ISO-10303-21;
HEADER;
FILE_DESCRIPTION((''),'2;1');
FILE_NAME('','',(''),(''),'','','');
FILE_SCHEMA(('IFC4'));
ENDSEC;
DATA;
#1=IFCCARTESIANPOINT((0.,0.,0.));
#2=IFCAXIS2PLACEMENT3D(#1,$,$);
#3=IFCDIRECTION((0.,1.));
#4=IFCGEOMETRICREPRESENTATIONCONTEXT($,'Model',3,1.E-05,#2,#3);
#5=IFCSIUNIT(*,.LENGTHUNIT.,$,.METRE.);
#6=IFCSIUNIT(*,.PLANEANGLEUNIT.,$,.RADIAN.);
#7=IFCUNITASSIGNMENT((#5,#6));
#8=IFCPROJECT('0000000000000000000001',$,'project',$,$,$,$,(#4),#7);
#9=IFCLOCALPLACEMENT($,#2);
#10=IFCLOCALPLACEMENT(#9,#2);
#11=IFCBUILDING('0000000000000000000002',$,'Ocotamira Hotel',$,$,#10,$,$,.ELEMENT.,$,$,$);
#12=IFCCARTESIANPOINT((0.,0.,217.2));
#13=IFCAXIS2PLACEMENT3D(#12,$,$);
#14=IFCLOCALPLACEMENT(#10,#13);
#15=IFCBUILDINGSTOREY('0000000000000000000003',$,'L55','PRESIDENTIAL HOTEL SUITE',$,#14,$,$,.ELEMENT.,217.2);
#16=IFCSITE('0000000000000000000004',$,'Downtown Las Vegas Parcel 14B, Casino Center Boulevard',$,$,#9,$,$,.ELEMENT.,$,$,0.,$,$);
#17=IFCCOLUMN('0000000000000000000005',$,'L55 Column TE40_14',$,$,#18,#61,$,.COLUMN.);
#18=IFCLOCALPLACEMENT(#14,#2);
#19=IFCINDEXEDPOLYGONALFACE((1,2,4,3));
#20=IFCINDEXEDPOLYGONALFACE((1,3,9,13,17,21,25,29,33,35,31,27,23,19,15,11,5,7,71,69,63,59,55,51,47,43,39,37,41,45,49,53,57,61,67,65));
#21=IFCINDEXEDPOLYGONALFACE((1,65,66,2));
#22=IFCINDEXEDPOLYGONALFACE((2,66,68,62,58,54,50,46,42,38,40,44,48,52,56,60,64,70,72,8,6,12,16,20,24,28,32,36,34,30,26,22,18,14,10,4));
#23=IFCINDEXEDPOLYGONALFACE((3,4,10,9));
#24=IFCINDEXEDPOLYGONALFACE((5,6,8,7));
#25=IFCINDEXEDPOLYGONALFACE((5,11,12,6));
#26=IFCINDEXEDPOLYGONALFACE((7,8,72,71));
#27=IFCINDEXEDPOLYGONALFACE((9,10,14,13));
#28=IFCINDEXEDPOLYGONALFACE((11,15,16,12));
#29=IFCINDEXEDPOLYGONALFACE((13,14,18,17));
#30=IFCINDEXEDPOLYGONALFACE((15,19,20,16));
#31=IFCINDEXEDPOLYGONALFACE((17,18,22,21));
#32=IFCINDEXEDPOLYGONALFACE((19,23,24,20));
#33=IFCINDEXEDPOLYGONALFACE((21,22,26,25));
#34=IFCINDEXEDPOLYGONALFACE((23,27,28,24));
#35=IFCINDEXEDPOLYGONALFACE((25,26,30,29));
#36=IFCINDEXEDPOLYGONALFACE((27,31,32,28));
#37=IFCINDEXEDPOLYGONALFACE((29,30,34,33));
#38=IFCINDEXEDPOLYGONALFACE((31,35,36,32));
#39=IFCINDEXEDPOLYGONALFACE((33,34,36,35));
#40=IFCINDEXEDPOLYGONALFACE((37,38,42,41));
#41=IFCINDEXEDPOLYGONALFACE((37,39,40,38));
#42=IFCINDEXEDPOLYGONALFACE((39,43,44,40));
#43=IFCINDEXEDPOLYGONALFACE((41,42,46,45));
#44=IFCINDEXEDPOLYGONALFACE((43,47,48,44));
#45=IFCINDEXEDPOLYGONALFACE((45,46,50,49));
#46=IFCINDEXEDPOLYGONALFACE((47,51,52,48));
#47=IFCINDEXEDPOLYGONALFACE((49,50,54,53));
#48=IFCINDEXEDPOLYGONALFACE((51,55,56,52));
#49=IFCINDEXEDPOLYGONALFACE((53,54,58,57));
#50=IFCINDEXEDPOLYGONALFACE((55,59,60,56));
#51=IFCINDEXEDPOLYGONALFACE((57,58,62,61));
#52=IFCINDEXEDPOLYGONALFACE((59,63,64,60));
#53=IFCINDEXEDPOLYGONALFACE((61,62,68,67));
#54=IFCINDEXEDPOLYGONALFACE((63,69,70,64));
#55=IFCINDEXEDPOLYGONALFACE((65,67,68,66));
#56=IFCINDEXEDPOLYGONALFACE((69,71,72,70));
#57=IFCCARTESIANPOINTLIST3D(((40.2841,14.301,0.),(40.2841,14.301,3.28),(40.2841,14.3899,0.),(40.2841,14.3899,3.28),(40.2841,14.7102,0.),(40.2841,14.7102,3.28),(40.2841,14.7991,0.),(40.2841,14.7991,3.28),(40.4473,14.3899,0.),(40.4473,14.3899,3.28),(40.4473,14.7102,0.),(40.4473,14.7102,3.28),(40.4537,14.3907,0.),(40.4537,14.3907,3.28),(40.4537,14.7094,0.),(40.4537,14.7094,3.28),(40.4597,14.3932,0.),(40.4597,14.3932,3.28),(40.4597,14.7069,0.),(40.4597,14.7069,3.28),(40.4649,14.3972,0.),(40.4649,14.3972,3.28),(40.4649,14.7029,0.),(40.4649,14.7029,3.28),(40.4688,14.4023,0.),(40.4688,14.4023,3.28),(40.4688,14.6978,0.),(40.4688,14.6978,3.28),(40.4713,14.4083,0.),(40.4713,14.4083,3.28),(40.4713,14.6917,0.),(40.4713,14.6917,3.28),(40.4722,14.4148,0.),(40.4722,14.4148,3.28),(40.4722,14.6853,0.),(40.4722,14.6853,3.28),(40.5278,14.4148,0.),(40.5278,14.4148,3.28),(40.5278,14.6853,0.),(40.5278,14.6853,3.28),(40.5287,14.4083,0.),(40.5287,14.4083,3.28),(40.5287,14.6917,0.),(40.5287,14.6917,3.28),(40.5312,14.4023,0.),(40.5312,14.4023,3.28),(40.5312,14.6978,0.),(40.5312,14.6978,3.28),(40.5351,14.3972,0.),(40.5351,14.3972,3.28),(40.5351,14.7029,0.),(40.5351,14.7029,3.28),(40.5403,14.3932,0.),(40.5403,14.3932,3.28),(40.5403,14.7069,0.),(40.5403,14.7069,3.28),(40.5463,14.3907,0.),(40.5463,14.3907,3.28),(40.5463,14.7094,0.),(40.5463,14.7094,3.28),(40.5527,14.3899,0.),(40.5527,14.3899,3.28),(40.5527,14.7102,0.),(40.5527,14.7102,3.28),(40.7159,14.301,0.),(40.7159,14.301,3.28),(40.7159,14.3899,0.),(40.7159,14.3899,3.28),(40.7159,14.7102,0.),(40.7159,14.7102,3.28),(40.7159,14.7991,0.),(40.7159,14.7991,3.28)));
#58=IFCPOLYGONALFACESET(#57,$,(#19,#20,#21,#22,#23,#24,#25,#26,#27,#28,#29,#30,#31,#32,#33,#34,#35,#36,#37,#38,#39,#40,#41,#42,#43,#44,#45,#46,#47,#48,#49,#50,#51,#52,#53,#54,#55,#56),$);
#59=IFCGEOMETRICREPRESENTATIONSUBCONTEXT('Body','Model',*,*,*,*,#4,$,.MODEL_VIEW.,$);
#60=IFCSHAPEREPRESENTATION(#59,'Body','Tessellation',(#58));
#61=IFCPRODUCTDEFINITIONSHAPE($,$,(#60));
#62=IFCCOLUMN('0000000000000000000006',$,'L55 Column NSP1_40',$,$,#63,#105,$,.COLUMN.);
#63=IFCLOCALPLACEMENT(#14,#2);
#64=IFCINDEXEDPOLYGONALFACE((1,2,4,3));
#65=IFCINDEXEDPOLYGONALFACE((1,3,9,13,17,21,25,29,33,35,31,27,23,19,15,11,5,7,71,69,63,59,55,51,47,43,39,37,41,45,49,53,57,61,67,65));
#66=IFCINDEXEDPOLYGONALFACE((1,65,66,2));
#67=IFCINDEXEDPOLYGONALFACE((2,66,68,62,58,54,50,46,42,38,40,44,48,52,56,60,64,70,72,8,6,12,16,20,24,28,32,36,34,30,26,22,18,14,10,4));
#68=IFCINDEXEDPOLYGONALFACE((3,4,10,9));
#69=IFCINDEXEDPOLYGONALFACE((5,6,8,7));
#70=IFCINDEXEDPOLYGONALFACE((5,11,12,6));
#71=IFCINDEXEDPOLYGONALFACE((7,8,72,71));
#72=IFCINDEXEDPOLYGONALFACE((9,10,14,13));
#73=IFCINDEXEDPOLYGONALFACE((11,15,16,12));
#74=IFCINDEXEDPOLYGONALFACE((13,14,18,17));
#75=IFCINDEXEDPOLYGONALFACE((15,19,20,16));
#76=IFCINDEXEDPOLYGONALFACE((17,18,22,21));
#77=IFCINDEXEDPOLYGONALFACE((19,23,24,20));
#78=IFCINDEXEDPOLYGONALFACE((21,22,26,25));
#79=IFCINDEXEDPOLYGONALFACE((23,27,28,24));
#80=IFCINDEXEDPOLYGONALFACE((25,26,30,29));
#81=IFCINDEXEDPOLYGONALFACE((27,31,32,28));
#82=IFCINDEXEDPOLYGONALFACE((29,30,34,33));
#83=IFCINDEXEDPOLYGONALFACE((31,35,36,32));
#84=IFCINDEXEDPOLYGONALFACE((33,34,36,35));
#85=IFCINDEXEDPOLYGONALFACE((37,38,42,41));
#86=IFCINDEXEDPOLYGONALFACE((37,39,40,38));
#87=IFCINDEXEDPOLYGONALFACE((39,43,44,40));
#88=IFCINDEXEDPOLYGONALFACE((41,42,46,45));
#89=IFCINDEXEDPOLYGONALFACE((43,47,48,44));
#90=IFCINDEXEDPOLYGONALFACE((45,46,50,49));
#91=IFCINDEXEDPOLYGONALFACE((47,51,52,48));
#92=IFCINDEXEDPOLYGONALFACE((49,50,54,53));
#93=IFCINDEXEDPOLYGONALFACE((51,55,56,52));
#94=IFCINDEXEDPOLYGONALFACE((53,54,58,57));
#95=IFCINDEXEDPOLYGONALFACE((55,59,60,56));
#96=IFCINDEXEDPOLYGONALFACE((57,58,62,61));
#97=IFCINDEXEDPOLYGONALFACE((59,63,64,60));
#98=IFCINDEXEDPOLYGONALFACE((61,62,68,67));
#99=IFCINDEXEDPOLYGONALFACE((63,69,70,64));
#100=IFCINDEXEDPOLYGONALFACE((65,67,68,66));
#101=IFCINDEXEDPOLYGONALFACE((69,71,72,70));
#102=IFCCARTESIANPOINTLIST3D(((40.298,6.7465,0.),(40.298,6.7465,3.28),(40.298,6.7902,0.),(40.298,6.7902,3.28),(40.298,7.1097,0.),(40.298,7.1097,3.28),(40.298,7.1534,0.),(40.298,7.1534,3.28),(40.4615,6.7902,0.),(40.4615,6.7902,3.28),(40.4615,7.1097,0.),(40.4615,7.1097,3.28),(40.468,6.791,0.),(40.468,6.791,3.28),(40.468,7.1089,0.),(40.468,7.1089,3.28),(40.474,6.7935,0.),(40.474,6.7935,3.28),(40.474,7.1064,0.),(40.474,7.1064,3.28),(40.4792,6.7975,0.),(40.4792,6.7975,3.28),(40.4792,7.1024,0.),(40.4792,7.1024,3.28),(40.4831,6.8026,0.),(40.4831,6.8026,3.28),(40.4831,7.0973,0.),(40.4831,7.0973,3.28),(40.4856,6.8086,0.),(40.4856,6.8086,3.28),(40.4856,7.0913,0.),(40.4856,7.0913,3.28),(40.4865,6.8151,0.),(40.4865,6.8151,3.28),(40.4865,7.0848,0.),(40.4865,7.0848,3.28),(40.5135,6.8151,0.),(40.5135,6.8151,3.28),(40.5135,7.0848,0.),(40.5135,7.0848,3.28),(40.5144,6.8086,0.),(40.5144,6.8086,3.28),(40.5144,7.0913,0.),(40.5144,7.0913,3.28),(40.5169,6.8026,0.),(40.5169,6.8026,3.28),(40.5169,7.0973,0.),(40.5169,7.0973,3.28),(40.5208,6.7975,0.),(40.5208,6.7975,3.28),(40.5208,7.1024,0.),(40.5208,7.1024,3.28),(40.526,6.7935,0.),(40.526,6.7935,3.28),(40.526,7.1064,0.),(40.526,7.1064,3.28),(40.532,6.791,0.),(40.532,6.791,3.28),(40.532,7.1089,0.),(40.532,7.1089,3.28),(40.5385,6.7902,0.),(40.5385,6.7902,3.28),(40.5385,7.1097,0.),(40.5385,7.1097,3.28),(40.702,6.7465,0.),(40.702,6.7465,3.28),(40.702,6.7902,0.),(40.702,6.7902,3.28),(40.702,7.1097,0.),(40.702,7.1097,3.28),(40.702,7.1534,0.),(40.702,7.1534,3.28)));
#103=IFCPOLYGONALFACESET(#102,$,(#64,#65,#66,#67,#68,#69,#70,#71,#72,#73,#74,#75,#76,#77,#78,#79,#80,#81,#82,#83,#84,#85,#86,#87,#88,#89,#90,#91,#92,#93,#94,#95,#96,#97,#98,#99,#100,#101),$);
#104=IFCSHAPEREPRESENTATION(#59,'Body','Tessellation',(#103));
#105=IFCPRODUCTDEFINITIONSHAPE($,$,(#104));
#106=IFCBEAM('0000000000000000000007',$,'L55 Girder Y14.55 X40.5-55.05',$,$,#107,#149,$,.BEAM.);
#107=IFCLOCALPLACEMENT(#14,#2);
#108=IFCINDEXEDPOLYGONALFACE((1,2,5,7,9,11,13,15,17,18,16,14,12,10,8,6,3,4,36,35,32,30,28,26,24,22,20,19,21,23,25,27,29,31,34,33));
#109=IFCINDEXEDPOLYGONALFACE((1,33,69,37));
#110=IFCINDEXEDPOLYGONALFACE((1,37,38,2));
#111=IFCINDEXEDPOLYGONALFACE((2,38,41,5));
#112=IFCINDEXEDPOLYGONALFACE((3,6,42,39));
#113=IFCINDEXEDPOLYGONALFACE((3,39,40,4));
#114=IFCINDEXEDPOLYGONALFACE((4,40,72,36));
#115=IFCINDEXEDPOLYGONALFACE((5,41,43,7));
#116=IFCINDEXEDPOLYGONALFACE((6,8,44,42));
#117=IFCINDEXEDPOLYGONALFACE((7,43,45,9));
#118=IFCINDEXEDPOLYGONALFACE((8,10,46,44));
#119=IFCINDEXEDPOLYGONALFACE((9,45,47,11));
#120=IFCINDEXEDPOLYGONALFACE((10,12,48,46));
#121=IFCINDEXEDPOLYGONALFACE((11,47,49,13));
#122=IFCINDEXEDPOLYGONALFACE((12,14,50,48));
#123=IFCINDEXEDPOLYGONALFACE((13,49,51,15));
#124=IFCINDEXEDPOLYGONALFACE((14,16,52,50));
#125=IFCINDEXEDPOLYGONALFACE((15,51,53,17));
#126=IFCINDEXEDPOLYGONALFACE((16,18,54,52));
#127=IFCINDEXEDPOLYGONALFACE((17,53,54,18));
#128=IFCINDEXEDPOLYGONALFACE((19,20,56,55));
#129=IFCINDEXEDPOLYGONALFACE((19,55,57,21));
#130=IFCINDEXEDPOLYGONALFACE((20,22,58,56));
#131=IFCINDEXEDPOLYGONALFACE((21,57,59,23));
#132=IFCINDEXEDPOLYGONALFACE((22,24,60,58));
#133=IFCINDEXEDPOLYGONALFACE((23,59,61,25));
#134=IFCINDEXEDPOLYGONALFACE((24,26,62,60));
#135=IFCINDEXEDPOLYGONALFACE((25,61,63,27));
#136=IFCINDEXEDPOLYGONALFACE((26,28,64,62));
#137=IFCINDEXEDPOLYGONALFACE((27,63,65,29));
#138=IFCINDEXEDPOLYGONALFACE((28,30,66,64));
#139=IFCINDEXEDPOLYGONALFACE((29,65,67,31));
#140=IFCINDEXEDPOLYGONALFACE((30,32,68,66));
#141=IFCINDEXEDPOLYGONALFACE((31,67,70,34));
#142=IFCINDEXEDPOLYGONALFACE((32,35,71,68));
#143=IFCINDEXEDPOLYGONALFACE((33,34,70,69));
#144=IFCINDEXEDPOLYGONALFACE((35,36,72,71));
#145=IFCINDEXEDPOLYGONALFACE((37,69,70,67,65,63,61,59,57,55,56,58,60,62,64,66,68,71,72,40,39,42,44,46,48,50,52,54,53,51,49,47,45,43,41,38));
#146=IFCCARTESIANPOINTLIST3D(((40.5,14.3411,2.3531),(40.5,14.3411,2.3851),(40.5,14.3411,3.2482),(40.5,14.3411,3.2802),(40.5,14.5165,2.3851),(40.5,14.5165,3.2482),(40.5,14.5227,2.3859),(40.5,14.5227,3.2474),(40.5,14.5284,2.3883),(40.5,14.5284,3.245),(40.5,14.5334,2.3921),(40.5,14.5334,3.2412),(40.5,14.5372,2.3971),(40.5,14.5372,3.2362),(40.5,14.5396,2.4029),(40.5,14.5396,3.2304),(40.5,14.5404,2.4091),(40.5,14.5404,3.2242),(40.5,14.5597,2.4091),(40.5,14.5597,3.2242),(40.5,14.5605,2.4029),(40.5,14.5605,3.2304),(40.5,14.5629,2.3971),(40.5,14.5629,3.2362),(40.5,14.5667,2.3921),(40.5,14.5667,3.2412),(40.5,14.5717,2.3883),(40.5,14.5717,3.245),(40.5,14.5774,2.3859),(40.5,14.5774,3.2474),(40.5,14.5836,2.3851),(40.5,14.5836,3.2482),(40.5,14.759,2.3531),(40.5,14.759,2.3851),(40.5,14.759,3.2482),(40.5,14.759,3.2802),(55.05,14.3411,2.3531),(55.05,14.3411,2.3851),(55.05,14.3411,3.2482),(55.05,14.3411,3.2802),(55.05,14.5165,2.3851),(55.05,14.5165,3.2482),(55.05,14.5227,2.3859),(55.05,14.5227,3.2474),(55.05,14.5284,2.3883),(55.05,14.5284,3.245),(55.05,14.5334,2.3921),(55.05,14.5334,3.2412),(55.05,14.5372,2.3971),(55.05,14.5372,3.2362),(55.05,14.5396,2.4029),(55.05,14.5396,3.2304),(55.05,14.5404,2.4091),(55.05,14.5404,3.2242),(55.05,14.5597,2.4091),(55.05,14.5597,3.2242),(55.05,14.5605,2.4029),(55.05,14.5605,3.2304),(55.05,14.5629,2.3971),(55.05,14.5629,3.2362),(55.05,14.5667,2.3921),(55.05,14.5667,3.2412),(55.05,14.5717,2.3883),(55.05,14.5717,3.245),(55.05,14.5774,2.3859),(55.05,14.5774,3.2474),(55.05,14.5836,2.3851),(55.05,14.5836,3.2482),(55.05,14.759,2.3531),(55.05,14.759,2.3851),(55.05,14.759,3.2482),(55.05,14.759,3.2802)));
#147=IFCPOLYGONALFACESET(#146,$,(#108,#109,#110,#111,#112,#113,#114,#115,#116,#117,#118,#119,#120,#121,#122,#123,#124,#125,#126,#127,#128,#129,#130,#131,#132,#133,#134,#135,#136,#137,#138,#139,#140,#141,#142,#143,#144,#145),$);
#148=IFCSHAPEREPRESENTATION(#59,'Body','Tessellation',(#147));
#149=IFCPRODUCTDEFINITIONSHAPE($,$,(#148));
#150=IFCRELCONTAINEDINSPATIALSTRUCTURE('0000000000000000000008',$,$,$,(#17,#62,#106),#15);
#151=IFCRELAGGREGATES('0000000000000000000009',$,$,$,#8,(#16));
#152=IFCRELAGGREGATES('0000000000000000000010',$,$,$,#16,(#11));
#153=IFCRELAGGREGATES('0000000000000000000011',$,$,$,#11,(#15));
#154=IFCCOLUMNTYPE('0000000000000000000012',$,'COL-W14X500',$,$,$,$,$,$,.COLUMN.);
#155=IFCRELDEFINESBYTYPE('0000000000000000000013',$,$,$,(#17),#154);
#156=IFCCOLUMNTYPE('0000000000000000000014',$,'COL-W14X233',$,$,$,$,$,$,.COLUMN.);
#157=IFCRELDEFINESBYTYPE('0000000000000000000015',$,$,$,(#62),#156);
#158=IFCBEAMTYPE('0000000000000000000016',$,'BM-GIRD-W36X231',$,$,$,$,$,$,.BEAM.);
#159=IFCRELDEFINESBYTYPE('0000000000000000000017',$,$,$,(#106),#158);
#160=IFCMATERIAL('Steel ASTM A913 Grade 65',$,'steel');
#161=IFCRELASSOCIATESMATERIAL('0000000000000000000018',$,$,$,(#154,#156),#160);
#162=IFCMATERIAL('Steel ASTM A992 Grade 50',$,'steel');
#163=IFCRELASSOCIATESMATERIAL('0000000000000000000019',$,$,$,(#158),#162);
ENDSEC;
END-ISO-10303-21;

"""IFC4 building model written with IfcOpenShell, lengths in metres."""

from ifc_helpers import new_model, si_unit, direction, frame, origin, origin_2d, place, context, subcontext, project, spatial, i_section, extrude, source, transform, mapped, material, material_profile, profile_set, type_object, element, save


model = new_model("IFC4")

# Units and contexts
model_context = context("Model", 3, precision=1e-05, world=origin(), true_north=direction((0.0, 1.0)))
body_context = subcontext(model_context, "Body", "Model", "MODEL_VIEW")
ifc_project = project(units=[si_unit("LENGTHUNIT", "METRE"), si_unit("PLANEANGLEUNIT", "RADIAN")], contexts=[model_context])

# Site, building, storey
site_placement = place(None, origin())
site = spatial("IfcSite", under=ifc_project, at=site_placement, Name="Downtown Las Vegas Parcel 14B, Casino Center Boulevard", CompositionType="ELEMENT", RefElevation=0.0)
building_placement = place(site_placement, origin())
building = spatial("IfcBuilding", under=site, at=building_placement, Name="Ocotamira Hotel", CompositionType="ELEMENT")
storey_placement = place(building_placement, frame((0.0, 0.0, 217.2)))
storey = spatial("IfcBuildingStorey", under=building, at=storey_placement, Name="L55", Description="PRESIDENTIAL HOTEL SUITE", CompositionType="ELEMENT", Elevation=217.2)

# Columns
ifc_material_1 = material(Name="Steel ASTM A913 Grade 65", Category="steel")
ifc_material_profile_1 = material_profile(ifc_material_1, i_section(OverallWidth=0.4319, OverallDepth=0.498, WebThickness=0.0557, FlangeThickness=0.0889, FilletRadius=0.0249, at=origin_2d()), Name="W14X500")
ifc_profile_set_1 = profile_set([ifc_material_profile_1], Name="Steel ASTM A913 Grade 65")
column_type_1 = type_object("IfcColumnType", Name="COL-W14X500", PredefinedType="COLUMN", material=ifc_profile_set_1)
shared_shape_1 = source(origin(), body_context, "Body", "SweptSolid", [
    extrude(i_section(OverallWidth=0.4319, OverallDepth=0.498, WebThickness=0.0557, FlangeThickness=0.0889, FilletRadius=0.0249, at=origin_2d()), origin(), (0.0, 0.0, 1.0), 3.28),
])
column_1_placement = place(storey_placement, frame((40.5, 14.55, 0.0), z_axis=(0.0, 0.0, 1.0), x_axis=(1.0, 0.0, 0.0)))
element("IfcColumn", 1, at=column_1_placement, inside=storey, type_object=column_type_1, Name="L55 Column TE40_14", PredefinedType="COLUMN", context=body_context, shape_type="MappedRepresentation", body=[
    mapped(shared_shape_1, transform((0.0, 0.0, 0.0), scale=1.0)),
])
ifc_material_profile_2 = material_profile(ifc_material_1, i_section(OverallWidth=0.4041, OverallDepth=0.407, WebThickness=0.0271, FlangeThickness=0.0437, FilletRadius=0.0249, at=origin_2d()), Name="W14X233")
ifc_profile_set_2 = profile_set([ifc_material_profile_2], Name="Steel ASTM A913 Grade 65")
column_type_2 = type_object("IfcColumnType", Name="COL-W14X233", PredefinedType="COLUMN", material=ifc_profile_set_2)
shared_shape_2 = source(origin(), body_context, "Body", "SweptSolid", [
    extrude(i_section(OverallWidth=0.4041, OverallDepth=0.407, WebThickness=0.0271, FlangeThickness=0.0437, FilletRadius=0.0249, at=origin_2d()), origin(), (0.0, 0.0, 1.0), 3.28),
])
column_2_placement = place(storey_placement, frame((40.5, 6.95, 0.0), z_axis=(0.0, 0.0, 1.0), x_axis=(1.0, 0.0, 0.0)))
element("IfcColumn", 2, at=column_2_placement, inside=storey, type_object=column_type_2, Name="L55 Column NSP1_40", PredefinedType="COLUMN", context=body_context, shape_type="MappedRepresentation", body=[
    mapped(shared_shape_2, transform((0.0, 0.0, 0.0), scale=1.0)),
])

# Beam
ifc_material_2 = material(Name="Steel ASTM A992 Grade 50", Category="steel")
ifc_material_profile_3 = material_profile(ifc_material_2, i_section(OverallWidth=0.418, OverallDepth=0.927, WebThickness=0.0193, FlangeThickness=0.032, FilletRadius=0.0239, at=origin_2d()), Name="W36X231")
ifc_profile_set_3 = profile_set([ifc_material_profile_3], Name="Steel ASTM A992 Grade 50")
beam_type_1 = type_object("IfcBeamType", Name="BM-GIRD-W36X231", PredefinedType="BEAM", material=ifc_profile_set_3)
shared_shape_3 = source(origin(), body_context, "Body", "SweptSolid", [
    extrude(i_section(OverallWidth=0.418, OverallDepth=0.927, WebThickness=0.0193, FlangeThickness=0.032, FilletRadius=0.0239, at=origin_2d()), origin(), (0.0, 0.0, 1.0), 14.55),
])
beam_1_placement = place(storey_placement, frame((40.5, 14.55, 2.8167), z_axis=(1.0, 0.0, 0.0), x_axis=(0.0, 1.0, 0.0)))
element("IfcBeam", 3, at=beam_1_placement, inside=storey, type_object=beam_type_1, Name="L55 Girder Y14.55 X40.5-55.05", PredefinedType="BEAM", context=body_context, shape_type="MappedRepresentation", body=[
    mapped(shared_shape_3, transform((0.0, 0.0, 0.0), scale=1.0)),
])

save(model, "model.ifc")
